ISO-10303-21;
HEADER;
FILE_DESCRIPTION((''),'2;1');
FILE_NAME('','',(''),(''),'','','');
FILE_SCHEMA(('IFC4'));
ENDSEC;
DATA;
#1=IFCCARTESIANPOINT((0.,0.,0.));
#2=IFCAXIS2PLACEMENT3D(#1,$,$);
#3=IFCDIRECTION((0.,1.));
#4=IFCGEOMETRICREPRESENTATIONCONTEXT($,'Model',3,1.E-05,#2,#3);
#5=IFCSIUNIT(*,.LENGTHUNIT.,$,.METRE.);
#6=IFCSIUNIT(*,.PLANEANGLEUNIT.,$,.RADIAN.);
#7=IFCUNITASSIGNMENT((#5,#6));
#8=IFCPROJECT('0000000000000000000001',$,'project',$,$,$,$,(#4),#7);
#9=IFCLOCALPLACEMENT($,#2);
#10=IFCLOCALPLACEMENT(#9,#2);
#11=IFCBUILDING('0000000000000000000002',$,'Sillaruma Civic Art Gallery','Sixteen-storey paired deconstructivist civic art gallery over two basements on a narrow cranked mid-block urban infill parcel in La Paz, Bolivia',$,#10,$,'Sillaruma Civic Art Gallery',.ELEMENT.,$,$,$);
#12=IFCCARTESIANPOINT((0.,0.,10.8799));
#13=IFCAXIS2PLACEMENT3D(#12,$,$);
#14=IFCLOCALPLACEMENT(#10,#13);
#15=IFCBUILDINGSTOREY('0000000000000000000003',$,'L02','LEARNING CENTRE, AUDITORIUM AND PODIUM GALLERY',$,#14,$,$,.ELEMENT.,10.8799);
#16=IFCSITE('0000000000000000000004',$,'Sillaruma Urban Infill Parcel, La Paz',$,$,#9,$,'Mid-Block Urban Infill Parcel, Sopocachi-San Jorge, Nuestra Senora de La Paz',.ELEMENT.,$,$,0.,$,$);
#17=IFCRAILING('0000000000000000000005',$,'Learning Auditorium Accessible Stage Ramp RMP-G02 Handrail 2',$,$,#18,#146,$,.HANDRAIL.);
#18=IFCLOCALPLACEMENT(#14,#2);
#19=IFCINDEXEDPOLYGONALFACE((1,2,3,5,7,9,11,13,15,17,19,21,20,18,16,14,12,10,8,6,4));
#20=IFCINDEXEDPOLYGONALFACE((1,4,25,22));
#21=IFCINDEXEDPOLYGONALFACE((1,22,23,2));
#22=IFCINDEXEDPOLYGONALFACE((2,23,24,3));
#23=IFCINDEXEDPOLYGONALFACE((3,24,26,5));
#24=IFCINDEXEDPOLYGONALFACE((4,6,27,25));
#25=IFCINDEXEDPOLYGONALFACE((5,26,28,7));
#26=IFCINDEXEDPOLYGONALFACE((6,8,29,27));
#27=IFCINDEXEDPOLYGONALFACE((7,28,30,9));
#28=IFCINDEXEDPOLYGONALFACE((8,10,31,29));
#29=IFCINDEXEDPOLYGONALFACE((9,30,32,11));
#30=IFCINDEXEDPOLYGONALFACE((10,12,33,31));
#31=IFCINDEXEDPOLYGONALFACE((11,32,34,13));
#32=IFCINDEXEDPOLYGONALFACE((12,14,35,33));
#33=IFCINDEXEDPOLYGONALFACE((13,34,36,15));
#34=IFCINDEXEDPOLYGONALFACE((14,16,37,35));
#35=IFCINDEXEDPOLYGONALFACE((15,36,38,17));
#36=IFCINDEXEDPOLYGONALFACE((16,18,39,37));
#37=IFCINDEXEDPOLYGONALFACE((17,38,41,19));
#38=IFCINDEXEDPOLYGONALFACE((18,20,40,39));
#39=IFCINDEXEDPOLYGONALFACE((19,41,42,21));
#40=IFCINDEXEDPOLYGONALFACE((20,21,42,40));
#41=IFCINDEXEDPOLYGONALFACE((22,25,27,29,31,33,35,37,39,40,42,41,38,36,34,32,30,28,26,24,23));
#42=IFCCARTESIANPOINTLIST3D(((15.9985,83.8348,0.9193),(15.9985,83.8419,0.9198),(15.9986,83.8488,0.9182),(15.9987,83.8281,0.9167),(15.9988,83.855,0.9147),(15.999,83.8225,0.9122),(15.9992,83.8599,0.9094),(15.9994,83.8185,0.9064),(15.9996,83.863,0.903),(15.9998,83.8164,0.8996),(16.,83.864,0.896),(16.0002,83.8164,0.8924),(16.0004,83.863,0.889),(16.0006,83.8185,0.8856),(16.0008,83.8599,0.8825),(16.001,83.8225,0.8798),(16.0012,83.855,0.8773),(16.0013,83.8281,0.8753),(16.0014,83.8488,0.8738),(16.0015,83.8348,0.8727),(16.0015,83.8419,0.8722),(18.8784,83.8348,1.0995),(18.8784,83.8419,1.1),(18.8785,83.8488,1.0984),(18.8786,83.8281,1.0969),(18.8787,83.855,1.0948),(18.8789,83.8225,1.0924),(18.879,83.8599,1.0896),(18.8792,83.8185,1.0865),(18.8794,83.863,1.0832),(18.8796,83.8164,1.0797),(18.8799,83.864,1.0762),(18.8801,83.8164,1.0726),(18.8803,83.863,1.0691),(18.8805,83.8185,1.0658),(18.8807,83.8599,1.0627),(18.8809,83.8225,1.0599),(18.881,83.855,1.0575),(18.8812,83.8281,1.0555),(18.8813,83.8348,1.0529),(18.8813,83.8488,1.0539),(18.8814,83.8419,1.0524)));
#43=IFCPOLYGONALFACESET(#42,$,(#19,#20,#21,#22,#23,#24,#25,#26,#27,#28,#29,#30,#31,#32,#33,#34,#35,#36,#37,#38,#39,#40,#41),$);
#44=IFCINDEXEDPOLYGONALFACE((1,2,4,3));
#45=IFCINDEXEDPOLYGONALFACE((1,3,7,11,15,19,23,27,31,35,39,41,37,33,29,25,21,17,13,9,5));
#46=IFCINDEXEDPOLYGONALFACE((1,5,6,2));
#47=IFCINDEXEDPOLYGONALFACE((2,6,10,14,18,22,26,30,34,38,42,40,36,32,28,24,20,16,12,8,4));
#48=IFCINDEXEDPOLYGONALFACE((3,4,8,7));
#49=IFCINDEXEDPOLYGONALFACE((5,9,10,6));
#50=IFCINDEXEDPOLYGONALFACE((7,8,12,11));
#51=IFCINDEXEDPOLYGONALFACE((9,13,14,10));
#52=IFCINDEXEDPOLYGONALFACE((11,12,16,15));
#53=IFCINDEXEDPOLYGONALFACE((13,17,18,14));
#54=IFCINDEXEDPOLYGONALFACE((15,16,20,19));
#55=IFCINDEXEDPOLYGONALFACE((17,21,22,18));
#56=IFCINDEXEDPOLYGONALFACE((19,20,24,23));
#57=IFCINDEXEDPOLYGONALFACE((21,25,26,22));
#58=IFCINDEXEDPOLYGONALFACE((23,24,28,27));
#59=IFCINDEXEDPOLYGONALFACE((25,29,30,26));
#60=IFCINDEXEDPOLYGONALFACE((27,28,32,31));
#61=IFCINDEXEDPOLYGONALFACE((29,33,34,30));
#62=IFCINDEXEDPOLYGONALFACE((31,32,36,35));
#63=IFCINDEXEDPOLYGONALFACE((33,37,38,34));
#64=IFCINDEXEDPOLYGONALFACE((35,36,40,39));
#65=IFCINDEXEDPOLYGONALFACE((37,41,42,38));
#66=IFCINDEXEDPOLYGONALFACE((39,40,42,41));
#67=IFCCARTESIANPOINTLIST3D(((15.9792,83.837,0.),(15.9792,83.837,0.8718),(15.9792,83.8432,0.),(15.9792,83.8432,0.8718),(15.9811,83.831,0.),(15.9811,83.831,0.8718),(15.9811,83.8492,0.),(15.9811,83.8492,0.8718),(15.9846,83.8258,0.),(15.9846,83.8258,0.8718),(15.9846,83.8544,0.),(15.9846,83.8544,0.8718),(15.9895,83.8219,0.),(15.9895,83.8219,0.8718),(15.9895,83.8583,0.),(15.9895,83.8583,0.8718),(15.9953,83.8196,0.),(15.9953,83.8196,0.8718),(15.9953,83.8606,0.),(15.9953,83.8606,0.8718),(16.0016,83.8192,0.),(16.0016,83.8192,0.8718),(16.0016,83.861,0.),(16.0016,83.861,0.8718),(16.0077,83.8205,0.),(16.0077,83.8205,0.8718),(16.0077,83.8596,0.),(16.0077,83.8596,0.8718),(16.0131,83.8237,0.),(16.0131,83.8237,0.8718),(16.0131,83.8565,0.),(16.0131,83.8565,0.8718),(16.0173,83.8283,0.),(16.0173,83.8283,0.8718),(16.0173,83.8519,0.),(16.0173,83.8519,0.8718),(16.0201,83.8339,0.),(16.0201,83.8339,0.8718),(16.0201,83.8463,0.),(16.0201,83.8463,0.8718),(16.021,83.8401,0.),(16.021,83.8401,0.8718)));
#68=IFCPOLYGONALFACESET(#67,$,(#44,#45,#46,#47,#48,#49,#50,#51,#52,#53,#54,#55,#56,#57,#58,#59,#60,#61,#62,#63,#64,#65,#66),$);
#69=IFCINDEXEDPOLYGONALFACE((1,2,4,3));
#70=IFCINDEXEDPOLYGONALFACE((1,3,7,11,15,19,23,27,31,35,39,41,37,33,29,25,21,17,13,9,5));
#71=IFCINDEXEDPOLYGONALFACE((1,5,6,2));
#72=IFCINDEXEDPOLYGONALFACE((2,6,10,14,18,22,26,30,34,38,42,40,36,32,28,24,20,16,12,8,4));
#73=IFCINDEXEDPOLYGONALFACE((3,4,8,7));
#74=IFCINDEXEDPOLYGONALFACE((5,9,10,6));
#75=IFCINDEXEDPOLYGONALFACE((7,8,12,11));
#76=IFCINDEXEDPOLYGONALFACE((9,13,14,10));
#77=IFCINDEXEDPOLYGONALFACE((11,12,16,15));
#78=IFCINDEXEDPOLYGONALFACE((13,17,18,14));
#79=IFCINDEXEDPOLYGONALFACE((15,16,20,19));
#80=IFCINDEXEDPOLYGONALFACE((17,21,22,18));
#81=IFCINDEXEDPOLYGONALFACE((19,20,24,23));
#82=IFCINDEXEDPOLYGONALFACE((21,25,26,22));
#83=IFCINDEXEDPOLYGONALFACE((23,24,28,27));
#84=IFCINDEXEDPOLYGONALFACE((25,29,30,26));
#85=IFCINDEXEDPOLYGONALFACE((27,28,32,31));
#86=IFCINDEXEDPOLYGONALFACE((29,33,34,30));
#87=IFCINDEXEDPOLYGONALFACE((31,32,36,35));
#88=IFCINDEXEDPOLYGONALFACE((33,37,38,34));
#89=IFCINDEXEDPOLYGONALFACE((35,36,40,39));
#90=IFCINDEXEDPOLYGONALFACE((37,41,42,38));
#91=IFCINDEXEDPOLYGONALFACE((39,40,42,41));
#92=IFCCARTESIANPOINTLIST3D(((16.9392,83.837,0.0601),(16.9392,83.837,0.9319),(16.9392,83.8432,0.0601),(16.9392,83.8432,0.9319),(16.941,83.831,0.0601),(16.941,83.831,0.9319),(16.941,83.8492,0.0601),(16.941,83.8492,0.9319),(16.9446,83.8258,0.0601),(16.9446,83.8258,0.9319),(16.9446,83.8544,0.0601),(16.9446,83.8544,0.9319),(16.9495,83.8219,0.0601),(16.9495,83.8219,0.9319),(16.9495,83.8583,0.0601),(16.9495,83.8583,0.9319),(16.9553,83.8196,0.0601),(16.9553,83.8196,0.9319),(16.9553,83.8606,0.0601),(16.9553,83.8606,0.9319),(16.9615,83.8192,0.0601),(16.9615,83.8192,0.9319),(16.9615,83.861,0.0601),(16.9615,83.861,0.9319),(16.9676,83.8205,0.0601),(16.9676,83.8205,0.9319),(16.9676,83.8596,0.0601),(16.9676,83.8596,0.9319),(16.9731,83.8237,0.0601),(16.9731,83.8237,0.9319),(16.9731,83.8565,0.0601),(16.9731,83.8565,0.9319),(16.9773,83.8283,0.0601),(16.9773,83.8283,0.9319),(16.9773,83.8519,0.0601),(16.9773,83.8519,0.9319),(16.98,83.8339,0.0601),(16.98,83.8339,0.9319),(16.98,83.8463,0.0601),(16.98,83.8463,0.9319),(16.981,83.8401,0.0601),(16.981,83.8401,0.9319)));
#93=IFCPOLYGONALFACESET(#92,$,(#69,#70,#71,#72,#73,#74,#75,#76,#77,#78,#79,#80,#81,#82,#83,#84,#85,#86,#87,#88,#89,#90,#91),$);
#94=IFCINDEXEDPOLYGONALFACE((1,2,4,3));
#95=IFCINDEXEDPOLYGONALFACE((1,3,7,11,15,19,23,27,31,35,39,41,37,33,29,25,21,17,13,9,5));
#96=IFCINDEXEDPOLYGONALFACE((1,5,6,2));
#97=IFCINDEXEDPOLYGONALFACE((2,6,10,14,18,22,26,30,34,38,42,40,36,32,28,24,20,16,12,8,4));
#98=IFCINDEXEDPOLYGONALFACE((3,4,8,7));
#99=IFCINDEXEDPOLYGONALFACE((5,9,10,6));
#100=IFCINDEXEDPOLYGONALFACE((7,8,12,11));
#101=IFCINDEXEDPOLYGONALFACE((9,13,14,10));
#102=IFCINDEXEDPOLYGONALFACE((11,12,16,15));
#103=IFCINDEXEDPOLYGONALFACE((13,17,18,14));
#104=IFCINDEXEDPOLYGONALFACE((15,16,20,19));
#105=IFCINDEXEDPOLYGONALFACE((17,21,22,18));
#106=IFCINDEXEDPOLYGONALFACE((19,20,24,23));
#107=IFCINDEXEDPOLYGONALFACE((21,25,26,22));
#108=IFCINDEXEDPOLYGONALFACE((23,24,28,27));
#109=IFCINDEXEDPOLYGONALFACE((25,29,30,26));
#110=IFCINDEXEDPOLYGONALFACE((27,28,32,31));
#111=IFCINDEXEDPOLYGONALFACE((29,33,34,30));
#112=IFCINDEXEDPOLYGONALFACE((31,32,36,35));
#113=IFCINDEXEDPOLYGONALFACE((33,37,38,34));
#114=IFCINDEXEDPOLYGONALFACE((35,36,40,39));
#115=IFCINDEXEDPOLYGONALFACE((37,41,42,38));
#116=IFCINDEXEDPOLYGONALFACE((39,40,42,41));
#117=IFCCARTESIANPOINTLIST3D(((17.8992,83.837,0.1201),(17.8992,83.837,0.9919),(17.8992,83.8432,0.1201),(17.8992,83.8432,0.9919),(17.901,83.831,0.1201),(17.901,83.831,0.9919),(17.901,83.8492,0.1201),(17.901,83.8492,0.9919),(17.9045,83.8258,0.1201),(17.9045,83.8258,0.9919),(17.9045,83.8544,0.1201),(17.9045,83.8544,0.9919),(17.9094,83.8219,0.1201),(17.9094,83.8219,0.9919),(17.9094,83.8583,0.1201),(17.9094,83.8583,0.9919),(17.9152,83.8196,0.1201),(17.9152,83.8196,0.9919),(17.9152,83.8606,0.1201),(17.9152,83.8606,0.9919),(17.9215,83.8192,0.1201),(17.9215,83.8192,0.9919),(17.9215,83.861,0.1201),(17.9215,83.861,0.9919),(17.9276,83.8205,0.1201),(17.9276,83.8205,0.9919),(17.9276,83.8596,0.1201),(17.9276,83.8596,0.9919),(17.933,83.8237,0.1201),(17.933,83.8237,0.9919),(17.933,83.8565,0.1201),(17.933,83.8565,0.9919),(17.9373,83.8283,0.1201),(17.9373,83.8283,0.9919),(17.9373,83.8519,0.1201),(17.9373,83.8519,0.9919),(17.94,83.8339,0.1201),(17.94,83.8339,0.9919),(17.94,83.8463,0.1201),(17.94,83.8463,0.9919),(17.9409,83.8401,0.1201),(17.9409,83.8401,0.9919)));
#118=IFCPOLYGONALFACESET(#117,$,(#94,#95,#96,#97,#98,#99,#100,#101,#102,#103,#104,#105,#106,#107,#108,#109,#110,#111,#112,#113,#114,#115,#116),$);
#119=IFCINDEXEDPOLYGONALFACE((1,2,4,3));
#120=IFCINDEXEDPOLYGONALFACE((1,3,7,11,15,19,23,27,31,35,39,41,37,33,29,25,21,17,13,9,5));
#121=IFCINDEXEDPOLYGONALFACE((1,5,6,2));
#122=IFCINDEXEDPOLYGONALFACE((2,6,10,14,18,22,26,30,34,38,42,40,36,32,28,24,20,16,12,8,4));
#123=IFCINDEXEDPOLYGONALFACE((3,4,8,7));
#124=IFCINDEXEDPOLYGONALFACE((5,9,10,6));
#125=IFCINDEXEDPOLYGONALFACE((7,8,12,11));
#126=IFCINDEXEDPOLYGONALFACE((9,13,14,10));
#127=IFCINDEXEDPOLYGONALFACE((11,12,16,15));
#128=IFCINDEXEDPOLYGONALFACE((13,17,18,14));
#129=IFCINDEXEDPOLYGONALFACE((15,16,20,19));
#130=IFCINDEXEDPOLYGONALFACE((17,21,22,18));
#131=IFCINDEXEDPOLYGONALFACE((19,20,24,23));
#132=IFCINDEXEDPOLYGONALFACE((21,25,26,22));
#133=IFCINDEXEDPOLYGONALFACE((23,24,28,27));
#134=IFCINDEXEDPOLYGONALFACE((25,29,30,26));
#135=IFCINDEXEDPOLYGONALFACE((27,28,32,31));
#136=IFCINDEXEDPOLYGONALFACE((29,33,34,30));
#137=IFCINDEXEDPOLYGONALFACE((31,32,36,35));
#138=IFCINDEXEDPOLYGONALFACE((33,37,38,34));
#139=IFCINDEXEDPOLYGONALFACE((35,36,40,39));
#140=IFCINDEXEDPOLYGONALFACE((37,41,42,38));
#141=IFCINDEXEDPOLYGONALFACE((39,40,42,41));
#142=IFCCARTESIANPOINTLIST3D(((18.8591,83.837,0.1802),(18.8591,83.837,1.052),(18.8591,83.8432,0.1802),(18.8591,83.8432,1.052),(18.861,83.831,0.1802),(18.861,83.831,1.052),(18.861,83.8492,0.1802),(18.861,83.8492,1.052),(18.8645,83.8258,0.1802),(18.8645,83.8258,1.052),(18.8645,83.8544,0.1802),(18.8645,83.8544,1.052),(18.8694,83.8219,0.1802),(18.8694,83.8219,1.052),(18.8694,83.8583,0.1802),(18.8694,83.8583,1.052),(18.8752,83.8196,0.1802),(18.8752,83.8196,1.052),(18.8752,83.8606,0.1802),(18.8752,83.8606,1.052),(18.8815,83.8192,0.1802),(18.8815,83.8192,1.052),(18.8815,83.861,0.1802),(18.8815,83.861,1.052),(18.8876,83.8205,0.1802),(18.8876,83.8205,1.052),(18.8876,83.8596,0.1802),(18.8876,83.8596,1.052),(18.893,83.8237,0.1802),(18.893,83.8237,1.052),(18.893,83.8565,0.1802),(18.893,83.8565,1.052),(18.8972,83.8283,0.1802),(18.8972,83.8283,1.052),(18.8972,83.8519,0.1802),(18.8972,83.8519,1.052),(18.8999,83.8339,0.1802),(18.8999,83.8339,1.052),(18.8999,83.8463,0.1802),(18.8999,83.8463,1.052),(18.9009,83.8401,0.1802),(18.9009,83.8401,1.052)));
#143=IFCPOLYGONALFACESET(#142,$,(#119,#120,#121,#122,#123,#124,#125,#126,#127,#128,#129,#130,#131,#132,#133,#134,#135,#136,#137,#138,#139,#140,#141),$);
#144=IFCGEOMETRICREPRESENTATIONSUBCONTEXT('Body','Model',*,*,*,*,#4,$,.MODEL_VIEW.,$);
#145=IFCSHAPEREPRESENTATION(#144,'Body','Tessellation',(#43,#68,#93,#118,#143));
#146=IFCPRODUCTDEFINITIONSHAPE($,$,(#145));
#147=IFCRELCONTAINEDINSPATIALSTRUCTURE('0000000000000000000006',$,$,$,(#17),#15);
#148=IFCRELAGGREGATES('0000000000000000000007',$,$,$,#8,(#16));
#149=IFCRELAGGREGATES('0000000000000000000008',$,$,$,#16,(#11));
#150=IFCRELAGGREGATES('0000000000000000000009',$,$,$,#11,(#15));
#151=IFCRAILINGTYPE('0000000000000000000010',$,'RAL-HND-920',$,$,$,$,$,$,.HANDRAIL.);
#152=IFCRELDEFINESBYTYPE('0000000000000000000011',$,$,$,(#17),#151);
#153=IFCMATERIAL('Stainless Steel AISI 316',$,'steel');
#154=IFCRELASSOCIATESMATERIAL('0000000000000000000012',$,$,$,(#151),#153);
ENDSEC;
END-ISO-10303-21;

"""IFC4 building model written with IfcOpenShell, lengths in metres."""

from ifc_helpers import new_model, si_unit, direction, frame, origin, origin_2d, place, context, subcontext, project, spatial, circle, extrude, material, type_object, element, save


model = new_model("IFC4")

# Units and contexts
model_context = context("Model", 3, precision=1e-05, world=origin(), true_north=direction((0.0, 1.0)))
body_context = subcontext(model_context, "Body", "Model", "MODEL_VIEW")
ifc_project = project(units=[si_unit("LENGTHUNIT", "METRE"), si_unit("PLANEANGLEUNIT", "RADIAN")], contexts=[model_context])

# Site, building, storey
site_placement = place(None, origin())
site = spatial("IfcSite", under=ifc_project, at=site_placement, Name="Sillaruma Urban Infill Parcel, La Paz", LongName="Mid-Block Urban Infill Parcel, Sopocachi-San Jorge, Nuestra Senora de La Paz", CompositionType="ELEMENT", RefElevation=0.0)
building_placement = place(site_placement, origin())
building = spatial("IfcBuilding", under=site, at=building_placement, Name="Sillaruma Civic Art Gallery", Description="Sixteen-storey paired deconstructivist civic art gallery over two basements on a narrow cranked mid-block urban infill parcel in La Paz, Bolivia", LongName="Sillaruma Civic Art Gallery", CompositionType="ELEMENT")
storey_placement = place(building_placement, frame((0.0, 0.0, 10.8799)))
storey = spatial("IfcBuildingStorey", under=building, at=storey_placement, Name="L02", Description="LEARNING CENTRE, AUDITORIUM AND PODIUM GALLERY", CompositionType="ELEMENT", Elevation=10.8799)

# Railing
ifc_material_1 = material(Name="Stainless Steel AISI 316", Category="steel")
railing_type = type_object("IfcRailingType", Name="RAL-HND-920", PredefinedType="HANDRAIL", material=ifc_material_1)
for number, where, name in (
    (1, (16.0, 83.8401, 0.0), "Learning Auditorium Accessible Stage Ramp RMP-G02 Handrail 2"),
):
    element("IfcRailing", number, at=place(storey_placement, frame(where)), inside=storey, type_object=railing_type, Name=name, PredefinedType="HANDRAIL", context=body_context, shape_type="SweptSolid", body=[
        extrude(circle(Radius=0.0239, at=origin_2d()), frame((0.0, 0.0, 0.896), z_axis=(0.998049, 0.0, 0.062441), x_axis=(0.0, 1.0, 0.0)), (0.0, 0.0, 1.0), 2.8855),
        extrude(circle(Radius=0.021, at=origin_2d()), origin(), (0.0, 0.0, 1.0), 0.8718),
        extrude(circle(Radius=0.021, at=origin_2d()), frame((0.96, 0.0, 0.0601)), (0.0, 0.0, 1.0), 0.8718),
        extrude(circle(Radius=0.021, at=origin_2d()), frame((1.9199, 0.0, 0.1201)), (0.0, 0.0, 1.0), 0.8718),
        extrude(circle(Radius=0.021, at=origin_2d()), frame((2.8799, 0.0, 0.1802)), (0.0, 0.0, 1.0), 0.8718),
    ])

save(model, "model.ifc")
